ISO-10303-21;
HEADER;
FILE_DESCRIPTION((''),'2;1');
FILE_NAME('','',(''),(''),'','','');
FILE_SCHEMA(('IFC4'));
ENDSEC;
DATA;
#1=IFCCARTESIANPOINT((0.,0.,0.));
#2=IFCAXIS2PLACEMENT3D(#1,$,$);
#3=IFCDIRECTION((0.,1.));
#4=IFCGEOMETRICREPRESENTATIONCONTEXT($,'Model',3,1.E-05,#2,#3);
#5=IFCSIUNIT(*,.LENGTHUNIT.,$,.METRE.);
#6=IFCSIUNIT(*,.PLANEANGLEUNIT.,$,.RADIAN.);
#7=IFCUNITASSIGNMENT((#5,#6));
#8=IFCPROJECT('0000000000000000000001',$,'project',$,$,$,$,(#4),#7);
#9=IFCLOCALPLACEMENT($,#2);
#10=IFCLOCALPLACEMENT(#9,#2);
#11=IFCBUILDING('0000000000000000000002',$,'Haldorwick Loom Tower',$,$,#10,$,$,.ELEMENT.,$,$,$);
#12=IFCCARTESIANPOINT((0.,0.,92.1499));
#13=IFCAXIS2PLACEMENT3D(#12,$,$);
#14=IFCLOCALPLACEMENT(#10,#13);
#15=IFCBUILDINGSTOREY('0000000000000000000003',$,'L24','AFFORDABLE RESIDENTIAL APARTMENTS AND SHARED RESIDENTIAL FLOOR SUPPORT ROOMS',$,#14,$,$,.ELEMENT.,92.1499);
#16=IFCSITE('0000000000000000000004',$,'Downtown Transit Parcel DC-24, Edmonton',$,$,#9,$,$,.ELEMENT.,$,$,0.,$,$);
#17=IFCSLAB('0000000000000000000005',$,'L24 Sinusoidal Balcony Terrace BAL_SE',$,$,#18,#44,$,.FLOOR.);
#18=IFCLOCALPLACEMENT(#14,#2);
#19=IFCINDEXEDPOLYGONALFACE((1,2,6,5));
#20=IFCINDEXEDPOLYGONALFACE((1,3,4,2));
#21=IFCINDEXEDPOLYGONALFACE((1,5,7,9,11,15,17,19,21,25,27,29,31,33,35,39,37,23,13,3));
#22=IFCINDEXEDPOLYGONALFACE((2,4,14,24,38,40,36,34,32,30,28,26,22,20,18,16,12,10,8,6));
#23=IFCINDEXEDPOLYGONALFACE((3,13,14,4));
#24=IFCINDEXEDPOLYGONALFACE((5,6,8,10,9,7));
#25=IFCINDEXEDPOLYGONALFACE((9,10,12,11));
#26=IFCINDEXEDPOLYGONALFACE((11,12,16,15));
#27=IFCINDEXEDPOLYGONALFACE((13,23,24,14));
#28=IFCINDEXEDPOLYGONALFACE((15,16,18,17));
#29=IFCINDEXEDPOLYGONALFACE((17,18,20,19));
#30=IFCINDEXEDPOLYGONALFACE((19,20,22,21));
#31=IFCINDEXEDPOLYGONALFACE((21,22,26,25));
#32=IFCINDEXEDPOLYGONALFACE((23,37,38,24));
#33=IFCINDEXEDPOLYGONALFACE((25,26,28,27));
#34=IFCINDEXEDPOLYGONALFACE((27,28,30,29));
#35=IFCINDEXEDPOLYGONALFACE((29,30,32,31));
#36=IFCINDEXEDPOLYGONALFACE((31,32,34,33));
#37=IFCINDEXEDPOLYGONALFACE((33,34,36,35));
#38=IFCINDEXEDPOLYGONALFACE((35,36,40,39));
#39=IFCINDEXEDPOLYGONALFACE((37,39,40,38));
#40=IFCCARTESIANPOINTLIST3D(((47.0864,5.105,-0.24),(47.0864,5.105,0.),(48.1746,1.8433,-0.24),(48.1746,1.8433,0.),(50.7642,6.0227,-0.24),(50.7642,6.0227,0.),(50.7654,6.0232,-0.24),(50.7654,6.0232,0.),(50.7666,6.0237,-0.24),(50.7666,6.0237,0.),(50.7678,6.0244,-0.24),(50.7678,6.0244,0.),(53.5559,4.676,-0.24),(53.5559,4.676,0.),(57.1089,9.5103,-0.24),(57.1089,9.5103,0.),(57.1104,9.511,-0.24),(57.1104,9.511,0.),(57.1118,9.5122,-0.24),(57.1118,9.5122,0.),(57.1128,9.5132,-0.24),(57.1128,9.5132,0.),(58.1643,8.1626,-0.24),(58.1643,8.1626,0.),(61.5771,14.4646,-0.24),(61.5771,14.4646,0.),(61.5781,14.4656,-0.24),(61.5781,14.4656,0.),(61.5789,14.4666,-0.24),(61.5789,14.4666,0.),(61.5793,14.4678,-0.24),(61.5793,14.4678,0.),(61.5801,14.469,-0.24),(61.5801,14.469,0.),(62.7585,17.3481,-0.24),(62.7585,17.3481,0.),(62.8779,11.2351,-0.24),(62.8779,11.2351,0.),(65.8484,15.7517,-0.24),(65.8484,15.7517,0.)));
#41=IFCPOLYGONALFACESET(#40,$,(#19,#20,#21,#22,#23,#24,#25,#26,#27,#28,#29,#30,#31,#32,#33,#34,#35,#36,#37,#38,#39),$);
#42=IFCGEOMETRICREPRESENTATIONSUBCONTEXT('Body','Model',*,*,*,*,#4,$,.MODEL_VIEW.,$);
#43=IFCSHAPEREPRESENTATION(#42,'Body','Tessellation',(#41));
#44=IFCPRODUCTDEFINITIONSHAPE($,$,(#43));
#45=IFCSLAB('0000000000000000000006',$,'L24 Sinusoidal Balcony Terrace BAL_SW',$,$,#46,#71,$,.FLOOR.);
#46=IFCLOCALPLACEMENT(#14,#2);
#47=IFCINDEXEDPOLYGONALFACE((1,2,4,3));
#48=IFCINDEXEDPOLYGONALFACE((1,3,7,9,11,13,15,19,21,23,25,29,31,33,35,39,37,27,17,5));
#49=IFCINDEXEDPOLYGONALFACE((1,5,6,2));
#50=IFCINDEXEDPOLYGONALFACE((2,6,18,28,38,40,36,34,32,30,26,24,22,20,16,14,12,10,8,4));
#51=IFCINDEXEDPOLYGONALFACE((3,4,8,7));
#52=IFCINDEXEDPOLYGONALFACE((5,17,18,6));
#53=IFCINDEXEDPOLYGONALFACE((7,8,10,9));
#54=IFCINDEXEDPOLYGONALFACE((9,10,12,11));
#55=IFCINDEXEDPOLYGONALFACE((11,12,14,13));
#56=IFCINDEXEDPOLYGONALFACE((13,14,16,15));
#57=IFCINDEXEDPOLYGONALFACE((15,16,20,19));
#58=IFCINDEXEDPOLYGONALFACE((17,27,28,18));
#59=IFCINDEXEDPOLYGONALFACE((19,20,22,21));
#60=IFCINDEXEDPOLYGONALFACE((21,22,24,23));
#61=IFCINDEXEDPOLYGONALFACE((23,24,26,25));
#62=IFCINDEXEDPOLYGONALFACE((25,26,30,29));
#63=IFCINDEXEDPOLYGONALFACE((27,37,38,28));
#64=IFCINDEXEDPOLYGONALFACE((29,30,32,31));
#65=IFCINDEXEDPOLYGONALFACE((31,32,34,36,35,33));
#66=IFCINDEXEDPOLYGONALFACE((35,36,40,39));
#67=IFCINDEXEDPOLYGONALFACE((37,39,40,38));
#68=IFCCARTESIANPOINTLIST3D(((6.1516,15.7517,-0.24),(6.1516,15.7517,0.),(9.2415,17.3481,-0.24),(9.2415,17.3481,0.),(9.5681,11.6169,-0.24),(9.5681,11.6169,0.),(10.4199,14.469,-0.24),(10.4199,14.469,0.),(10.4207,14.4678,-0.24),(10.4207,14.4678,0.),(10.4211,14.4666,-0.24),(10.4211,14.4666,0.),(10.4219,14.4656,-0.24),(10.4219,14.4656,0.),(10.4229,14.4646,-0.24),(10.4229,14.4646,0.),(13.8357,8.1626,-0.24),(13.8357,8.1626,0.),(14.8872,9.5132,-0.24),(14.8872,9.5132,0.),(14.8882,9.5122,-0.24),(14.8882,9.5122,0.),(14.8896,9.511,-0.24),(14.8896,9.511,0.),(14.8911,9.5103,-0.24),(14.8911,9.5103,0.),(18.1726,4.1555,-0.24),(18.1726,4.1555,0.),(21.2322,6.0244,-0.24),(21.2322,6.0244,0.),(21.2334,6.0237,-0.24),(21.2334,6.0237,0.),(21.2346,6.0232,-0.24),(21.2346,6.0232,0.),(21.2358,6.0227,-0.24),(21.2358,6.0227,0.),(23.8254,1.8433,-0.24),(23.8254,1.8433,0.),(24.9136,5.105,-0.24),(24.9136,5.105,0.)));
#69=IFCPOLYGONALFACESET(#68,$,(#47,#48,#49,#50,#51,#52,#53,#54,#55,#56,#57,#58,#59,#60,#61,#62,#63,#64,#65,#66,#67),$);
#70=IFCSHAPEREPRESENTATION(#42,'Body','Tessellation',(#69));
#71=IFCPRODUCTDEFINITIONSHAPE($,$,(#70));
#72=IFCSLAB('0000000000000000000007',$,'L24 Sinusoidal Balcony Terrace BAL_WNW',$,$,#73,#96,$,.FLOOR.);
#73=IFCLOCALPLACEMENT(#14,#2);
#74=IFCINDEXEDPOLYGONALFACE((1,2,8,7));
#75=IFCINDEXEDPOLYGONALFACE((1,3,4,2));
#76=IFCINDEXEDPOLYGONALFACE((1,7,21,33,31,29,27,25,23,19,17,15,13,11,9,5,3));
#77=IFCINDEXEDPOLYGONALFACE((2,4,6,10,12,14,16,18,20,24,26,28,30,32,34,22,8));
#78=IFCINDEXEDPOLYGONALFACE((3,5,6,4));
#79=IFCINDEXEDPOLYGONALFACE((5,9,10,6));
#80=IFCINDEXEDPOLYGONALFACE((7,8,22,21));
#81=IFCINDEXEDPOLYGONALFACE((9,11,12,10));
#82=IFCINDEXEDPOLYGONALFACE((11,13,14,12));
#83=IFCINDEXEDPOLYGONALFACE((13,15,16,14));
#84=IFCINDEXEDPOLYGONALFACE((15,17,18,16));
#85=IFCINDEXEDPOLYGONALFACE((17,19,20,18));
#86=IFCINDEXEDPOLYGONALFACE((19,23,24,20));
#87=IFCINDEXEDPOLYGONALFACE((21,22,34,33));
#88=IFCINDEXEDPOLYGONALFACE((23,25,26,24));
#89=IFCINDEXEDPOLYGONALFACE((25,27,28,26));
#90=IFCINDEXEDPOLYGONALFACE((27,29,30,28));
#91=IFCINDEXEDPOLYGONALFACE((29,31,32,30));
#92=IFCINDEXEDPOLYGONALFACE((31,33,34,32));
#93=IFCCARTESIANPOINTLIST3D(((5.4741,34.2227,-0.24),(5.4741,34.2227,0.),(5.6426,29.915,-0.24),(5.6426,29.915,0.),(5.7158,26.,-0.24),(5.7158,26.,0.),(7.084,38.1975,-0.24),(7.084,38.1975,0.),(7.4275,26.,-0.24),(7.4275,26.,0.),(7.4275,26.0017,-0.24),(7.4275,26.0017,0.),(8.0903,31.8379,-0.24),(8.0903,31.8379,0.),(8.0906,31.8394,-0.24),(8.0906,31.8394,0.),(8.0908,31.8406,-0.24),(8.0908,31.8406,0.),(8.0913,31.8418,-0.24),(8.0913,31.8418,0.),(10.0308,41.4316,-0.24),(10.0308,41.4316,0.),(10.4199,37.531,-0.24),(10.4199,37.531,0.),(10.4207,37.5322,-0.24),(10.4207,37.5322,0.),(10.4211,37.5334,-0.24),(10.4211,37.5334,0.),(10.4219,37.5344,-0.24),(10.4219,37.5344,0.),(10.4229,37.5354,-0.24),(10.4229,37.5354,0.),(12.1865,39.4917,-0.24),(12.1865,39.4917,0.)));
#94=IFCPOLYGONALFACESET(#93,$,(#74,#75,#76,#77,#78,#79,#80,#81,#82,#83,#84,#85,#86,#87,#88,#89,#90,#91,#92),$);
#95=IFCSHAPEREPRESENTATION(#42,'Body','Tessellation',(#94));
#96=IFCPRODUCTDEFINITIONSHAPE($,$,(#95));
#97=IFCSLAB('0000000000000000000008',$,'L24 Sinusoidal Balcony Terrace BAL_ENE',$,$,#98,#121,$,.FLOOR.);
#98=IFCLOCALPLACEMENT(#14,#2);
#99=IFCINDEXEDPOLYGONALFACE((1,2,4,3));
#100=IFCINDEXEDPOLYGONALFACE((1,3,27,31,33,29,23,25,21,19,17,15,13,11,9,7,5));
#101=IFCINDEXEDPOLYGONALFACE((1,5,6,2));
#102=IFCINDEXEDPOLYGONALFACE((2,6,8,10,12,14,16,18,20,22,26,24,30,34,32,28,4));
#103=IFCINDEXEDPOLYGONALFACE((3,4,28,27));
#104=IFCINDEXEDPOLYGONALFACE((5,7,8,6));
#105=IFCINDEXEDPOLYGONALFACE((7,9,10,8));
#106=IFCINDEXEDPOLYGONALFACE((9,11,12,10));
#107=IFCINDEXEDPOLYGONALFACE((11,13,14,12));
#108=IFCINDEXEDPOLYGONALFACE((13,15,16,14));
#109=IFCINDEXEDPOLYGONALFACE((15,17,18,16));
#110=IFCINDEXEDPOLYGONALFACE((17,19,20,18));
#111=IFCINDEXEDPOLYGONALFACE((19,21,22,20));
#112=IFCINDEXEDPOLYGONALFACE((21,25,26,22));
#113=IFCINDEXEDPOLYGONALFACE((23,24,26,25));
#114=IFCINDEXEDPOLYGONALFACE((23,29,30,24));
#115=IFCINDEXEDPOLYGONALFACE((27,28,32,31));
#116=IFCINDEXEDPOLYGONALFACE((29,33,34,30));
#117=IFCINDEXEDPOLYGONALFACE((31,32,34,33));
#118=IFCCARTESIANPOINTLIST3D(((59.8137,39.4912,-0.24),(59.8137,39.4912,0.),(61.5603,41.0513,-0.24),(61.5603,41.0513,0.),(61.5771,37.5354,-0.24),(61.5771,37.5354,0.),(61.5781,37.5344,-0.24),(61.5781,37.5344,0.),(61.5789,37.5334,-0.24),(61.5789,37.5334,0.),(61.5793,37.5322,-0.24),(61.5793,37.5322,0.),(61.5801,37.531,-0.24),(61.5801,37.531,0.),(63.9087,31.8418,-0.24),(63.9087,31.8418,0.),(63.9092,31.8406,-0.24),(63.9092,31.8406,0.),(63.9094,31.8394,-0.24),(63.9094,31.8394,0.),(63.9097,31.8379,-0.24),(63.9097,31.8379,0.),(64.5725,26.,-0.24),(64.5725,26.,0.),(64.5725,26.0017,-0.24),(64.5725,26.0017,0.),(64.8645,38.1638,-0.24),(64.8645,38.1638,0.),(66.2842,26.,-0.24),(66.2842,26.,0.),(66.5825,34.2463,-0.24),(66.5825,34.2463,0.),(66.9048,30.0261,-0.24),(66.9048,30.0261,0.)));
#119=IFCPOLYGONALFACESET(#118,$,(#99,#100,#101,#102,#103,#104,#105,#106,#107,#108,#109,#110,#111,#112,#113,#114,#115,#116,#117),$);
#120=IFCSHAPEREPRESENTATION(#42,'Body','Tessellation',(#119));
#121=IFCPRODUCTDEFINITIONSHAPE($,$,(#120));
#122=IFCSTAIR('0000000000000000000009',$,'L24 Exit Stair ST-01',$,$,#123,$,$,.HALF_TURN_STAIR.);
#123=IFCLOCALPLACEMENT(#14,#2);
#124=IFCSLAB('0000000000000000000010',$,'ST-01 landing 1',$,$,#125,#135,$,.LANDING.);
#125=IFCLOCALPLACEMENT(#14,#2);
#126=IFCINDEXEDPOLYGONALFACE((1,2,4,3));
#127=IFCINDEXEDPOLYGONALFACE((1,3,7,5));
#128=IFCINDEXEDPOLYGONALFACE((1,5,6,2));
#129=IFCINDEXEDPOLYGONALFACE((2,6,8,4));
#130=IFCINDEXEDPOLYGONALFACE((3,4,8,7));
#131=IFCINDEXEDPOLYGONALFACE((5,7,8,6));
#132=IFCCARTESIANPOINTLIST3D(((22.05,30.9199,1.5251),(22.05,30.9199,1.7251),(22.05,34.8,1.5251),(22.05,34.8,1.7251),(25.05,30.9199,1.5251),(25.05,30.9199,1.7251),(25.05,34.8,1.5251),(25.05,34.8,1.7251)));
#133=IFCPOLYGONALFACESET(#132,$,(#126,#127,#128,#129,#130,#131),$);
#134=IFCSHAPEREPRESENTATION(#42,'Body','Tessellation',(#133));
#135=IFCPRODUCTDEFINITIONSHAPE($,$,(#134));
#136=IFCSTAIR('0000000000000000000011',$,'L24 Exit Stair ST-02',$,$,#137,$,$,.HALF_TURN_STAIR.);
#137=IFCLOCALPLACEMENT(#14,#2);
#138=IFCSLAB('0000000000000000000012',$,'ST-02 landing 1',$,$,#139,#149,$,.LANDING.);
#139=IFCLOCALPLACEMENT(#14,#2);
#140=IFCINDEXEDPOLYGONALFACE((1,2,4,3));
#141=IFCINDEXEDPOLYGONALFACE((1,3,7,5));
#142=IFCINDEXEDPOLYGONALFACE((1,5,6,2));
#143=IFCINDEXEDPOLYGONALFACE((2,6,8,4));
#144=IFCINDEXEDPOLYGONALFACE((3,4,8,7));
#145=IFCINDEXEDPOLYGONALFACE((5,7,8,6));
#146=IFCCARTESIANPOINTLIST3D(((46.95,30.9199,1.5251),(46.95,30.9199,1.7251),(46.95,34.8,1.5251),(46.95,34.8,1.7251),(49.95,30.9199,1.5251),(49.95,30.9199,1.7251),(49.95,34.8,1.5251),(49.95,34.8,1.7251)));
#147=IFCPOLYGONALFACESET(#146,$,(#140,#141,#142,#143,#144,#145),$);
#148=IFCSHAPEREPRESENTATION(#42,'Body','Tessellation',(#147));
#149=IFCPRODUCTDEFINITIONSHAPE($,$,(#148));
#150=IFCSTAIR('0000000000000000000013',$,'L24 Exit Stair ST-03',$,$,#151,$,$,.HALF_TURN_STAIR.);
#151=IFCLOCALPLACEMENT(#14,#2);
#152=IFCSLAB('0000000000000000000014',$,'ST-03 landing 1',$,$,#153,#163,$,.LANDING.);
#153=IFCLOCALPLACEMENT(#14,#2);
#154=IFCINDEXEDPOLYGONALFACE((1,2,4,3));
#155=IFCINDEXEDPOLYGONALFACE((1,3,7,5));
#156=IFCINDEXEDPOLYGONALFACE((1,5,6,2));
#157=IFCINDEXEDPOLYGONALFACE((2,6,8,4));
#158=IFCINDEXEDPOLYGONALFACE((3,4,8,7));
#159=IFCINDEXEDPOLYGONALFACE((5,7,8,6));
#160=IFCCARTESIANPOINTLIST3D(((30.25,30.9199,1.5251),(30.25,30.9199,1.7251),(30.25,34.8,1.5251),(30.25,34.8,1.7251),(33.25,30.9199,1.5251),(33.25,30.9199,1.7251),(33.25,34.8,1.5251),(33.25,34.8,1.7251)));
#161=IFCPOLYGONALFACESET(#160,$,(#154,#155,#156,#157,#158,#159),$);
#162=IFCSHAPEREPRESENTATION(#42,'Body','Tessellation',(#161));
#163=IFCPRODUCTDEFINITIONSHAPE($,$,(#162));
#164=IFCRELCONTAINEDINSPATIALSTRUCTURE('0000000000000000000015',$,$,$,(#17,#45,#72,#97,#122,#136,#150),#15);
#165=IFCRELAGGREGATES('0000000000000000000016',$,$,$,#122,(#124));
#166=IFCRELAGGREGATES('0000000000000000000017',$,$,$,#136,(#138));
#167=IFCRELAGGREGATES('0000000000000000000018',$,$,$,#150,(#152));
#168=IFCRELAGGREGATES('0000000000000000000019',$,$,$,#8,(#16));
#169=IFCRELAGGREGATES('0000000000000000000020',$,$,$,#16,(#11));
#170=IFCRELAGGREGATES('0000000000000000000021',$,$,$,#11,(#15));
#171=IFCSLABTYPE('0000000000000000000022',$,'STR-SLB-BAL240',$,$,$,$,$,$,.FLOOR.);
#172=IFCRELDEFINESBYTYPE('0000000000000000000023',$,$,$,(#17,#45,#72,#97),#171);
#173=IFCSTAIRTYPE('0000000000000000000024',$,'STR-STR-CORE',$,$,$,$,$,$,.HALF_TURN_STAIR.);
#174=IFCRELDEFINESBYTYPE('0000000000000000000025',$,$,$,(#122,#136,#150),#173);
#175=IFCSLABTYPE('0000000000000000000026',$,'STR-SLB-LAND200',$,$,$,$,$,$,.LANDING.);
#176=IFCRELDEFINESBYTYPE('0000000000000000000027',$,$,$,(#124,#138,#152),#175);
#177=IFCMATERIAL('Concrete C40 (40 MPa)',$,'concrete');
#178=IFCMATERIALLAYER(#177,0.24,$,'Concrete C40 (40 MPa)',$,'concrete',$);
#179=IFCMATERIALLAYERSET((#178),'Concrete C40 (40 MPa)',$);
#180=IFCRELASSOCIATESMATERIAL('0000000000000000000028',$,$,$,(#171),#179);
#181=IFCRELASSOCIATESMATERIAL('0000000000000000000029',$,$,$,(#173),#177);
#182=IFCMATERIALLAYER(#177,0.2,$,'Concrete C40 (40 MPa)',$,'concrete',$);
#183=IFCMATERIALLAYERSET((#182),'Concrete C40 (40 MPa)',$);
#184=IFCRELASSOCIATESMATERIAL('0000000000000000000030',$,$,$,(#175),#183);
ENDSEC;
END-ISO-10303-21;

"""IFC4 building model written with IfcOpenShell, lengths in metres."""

from ifc_helpers import new_model, si_unit, direction, frame, origin, place, context, subcontext, project, spatial, polyline, outline, extrude, material, layer, layer_set, type_object, element, aggregate, save


model = new_model("IFC4")

# Units and contexts
model_context = context("Model", 3, precision=1e-05, world=origin(), true_north=direction((0.0, 1.0)))
body_context = subcontext(model_context, "Body", "Model", "MODEL_VIEW")
ifc_project = project(units=[si_unit("LENGTHUNIT", "METRE"), si_unit("PLANEANGLEUNIT", "RADIAN")], contexts=[model_context])

# Site, building, storey
site_placement = place(None, origin())
site = spatial("IfcSite", under=ifc_project, at=site_placement, Name="Downtown Transit Parcel DC-24, Edmonton", CompositionType="ELEMENT", RefElevation=0.0)
building_placement = place(site_placement, origin())
building = spatial("IfcBuilding", under=site, at=building_placement, Name="Haldorwick Loom Tower", CompositionType="ELEMENT")
storey_placement = place(building_placement, frame((0.0, 0.0, 92.1499)))
storey = spatial("IfcBuildingStorey", under=building, at=storey_placement, Name="L24", Description="AFFORDABLE RESIDENTIAL APARTMENTS AND SHARED RESIDENTIAL FLOOR SUPPORT ROOMS", CompositionType="ELEMENT", Elevation=92.1499)

# Slabs
ifc_material_1 = material(Name="Concrete C40 (40 MPa)", Category="concrete")
ifc_layer_1 = layer(ifc_material_1, 0.24, Name="Concrete C40 (40 MPa)", Category="concrete")
ifc_layer_set_1 = layer_set([ifc_layer_1], Name="Concrete C40 (40 MPa)")
slab_type_1 = type_object("IfcSlabType", Name="STR-SLB-BAL240", PredefinedType="FLOOR", material=ifc_layer_set_1)
slab_1_placement = place(storey_placement, frame((0.0, 0.0, -0.24)))
element("IfcSlab", 1, at=slab_1_placement, inside=storey, type_object=slab_type_1, Name="L24 Sinusoidal Balcony Terrace BAL_SE", PredefinedType="FLOOR", context=body_context, shape_type="SweptSolid", body=[
    extrude(outline(polyline([(62.7585, 17.3481), (61.5801, 14.469), (61.5793, 14.4678), (61.5789, 14.4666), (61.5781, 14.4656), (61.5771, 14.4646), (57.1128, 9.5132), (57.1118, 9.5122), (57.1104, 9.511), (57.1089, 9.5103), (50.7678, 6.0244), (50.7666, 6.0237), (50.7654, 6.0232), (50.7642, 6.0227), (47.0864, 5.105), (48.1746, 1.8433), (53.5559, 4.676), (58.1643, 8.1626), (62.8779, 11.2351), (65.8484, 15.7517), (62.7585, 17.3481)])), origin(), (0.0, 0.0, 1.0), 0.24),
])
slab_2_placement = place(storey_placement, frame((0.0, 0.0, -0.24)))
element("IfcSlab", 2, at=slab_2_placement, inside=storey, type_object=slab_type_1, Name="L24 Sinusoidal Balcony Terrace BAL_SW", PredefinedType="FLOOR", context=body_context, shape_type="SweptSolid", body=[
    extrude(outline(polyline([(24.9136, 5.105), (21.2358, 6.0227), (21.2346, 6.0232), (21.2334, 6.0237), (21.2322, 6.0244), (14.8911, 9.5103), (14.8896, 9.511), (14.8882, 9.5122), (14.8872, 9.5132), (10.4229, 14.4646), (10.4219, 14.4656), (10.4211, 14.4666), (10.4207, 14.4678), (10.4199, 14.469), (9.2415, 17.3481), (6.1516, 15.7517), (9.5681, 11.6169), (13.8357, 8.1626), (18.1726, 4.1555), (23.8254, 1.8433), (24.9136, 5.105)])), origin(), (0.0, 0.0, 1.0), 0.24),
])
slab_3_placement = place(storey_placement, frame((0.0, 0.0, -0.24)))
element("IfcSlab", 3, at=slab_3_placement, inside=storey, type_object=slab_type_1, Name="L24 Sinusoidal Balcony Terrace BAL_WNW", PredefinedType="FLOOR", context=body_context, shape_type="SweptSolid", body=[
    extrude(outline(polyline([(7.4275, 26.0), (7.4275, 26.0017), (8.0903, 31.8379), (8.0906, 31.8394), (8.0908, 31.8406), (8.0913, 31.8418), (10.4199, 37.531), (10.4207, 37.5322), (10.4211, 37.5334), (10.4219, 37.5344), (10.4229, 37.5354), (12.1865, 39.4917), (10.0308, 41.4316), (7.084, 38.1975), (5.4741, 34.2227), (5.6426, 29.915), (5.7158, 26.0), (7.4275, 26.0)])), origin(), (0.0, 0.0, 1.0), 0.24),
])
slab_4_placement = place(storey_placement, frame((0.0, 0.0, -0.24)))
element("IfcSlab", 4, at=slab_4_placement, inside=storey, type_object=slab_type_1, Name="L24 Sinusoidal Balcony Terrace BAL_ENE", PredefinedType="FLOOR", context=body_context, shape_type="SweptSolid", body=[
    extrude(outline(polyline([(59.8137, 39.4912), (61.5771, 37.5354), (61.5781, 37.5344), (61.5789, 37.5334), (61.5793, 37.5322), (61.5801, 37.531), (63.9087, 31.8418), (63.9092, 31.8406), (63.9094, 31.8394), (63.9097, 31.8379), (64.5725, 26.0017), (64.5725, 26.0), (66.2842, 26.0), (66.9048, 30.0261), (66.5825, 34.2463), (64.8645, 38.1638), (61.5603, 41.0513), (59.8137, 39.4912)])), origin(), (0.0, 0.0, 1.0), 0.24),
])

# Stairs, slabs
stair_type = type_object("IfcStairType", Name="STR-STR-CORE", PredefinedType="HALF_TURN_STAIR", material=ifc_material_1)
stair_1_placement = place(storey_placement, origin())
stair_1 = element("IfcStair", 5, at=stair_1_placement, inside=storey, type_object=stair_type, Name="L24 Exit Stair ST-01", PredefinedType="HALF_TURN_STAIR")
ifc_layer_2 = layer(ifc_material_1, 0.2, Name="Concrete C40 (40 MPa)", Category="concrete")
ifc_layer_set_2 = layer_set([ifc_layer_2], Name="Concrete C40 (40 MPa)")
slab_type_2 = type_object("IfcSlabType", Name="STR-SLB-LAND200", PredefinedType="LANDING", material=ifc_layer_set_2)
slab_5_placement = place(storey_placement, frame((0.0, 0.0, 1.5251)))
slab_5 = element("IfcSlab", 6, at=slab_5_placement, type_object=slab_type_2, Name="ST-01 landing 1", PredefinedType="LANDING", context=body_context, shape_type="SweptSolid", body=[
    extrude(outline(polyline([(25.05, 30.9199), (25.05, 34.8), (22.05, 34.8), (22.05, 30.9199), (25.05, 30.9199)])), origin(), (0.0, 0.0, 1.0), 0.2),
])
aggregate(stair_1, [slab_5])
stair_2_placement = place(storey_placement, origin())
stair_2 = element("IfcStair", 7, at=stair_2_placement, inside=storey, type_object=stair_type, Name="L24 Exit Stair ST-02", PredefinedType="HALF_TURN_STAIR")
slab_6_placement = place(storey_placement, frame((0.0, 0.0, 1.5251)))
slab_6 = element("IfcSlab", 8, at=slab_6_placement, type_object=slab_type_2, Name="ST-02 landing 1", PredefinedType="LANDING", context=body_context, shape_type="SweptSolid", body=[
    extrude(outline(polyline([(49.95, 30.9199), (49.95, 34.8), (46.95, 34.8), (46.95, 30.9199), (49.95, 30.9199)])), origin(), (0.0, 0.0, 1.0), 0.2),
])
aggregate(stair_2, [slab_6])
stair_3_placement = place(storey_placement, origin())
stair_3 = element("IfcStair", 9, at=stair_3_placement, inside=storey, type_object=stair_type, Name="L24 Exit Stair ST-03", PredefinedType="HALF_TURN_STAIR")
slab_7_placement = place(storey_placement, frame((0.0, 0.0, 1.5251)))
slab_7 = element("IfcSlab", 10, at=slab_7_placement, type_object=slab_type_2, Name="ST-03 landing 1", PredefinedType="LANDING", context=body_context, shape_type="SweptSolid", body=[
    extrude(outline(polyline([(33.25, 30.9199), (33.25, 34.8), (30.25, 34.8), (30.25, 30.9199), (33.25, 30.9199)])), origin(), (0.0, 0.0, 1.0), 0.2),
])
aggregate(stair_3, [slab_7])

save(model, "model.ifc")
